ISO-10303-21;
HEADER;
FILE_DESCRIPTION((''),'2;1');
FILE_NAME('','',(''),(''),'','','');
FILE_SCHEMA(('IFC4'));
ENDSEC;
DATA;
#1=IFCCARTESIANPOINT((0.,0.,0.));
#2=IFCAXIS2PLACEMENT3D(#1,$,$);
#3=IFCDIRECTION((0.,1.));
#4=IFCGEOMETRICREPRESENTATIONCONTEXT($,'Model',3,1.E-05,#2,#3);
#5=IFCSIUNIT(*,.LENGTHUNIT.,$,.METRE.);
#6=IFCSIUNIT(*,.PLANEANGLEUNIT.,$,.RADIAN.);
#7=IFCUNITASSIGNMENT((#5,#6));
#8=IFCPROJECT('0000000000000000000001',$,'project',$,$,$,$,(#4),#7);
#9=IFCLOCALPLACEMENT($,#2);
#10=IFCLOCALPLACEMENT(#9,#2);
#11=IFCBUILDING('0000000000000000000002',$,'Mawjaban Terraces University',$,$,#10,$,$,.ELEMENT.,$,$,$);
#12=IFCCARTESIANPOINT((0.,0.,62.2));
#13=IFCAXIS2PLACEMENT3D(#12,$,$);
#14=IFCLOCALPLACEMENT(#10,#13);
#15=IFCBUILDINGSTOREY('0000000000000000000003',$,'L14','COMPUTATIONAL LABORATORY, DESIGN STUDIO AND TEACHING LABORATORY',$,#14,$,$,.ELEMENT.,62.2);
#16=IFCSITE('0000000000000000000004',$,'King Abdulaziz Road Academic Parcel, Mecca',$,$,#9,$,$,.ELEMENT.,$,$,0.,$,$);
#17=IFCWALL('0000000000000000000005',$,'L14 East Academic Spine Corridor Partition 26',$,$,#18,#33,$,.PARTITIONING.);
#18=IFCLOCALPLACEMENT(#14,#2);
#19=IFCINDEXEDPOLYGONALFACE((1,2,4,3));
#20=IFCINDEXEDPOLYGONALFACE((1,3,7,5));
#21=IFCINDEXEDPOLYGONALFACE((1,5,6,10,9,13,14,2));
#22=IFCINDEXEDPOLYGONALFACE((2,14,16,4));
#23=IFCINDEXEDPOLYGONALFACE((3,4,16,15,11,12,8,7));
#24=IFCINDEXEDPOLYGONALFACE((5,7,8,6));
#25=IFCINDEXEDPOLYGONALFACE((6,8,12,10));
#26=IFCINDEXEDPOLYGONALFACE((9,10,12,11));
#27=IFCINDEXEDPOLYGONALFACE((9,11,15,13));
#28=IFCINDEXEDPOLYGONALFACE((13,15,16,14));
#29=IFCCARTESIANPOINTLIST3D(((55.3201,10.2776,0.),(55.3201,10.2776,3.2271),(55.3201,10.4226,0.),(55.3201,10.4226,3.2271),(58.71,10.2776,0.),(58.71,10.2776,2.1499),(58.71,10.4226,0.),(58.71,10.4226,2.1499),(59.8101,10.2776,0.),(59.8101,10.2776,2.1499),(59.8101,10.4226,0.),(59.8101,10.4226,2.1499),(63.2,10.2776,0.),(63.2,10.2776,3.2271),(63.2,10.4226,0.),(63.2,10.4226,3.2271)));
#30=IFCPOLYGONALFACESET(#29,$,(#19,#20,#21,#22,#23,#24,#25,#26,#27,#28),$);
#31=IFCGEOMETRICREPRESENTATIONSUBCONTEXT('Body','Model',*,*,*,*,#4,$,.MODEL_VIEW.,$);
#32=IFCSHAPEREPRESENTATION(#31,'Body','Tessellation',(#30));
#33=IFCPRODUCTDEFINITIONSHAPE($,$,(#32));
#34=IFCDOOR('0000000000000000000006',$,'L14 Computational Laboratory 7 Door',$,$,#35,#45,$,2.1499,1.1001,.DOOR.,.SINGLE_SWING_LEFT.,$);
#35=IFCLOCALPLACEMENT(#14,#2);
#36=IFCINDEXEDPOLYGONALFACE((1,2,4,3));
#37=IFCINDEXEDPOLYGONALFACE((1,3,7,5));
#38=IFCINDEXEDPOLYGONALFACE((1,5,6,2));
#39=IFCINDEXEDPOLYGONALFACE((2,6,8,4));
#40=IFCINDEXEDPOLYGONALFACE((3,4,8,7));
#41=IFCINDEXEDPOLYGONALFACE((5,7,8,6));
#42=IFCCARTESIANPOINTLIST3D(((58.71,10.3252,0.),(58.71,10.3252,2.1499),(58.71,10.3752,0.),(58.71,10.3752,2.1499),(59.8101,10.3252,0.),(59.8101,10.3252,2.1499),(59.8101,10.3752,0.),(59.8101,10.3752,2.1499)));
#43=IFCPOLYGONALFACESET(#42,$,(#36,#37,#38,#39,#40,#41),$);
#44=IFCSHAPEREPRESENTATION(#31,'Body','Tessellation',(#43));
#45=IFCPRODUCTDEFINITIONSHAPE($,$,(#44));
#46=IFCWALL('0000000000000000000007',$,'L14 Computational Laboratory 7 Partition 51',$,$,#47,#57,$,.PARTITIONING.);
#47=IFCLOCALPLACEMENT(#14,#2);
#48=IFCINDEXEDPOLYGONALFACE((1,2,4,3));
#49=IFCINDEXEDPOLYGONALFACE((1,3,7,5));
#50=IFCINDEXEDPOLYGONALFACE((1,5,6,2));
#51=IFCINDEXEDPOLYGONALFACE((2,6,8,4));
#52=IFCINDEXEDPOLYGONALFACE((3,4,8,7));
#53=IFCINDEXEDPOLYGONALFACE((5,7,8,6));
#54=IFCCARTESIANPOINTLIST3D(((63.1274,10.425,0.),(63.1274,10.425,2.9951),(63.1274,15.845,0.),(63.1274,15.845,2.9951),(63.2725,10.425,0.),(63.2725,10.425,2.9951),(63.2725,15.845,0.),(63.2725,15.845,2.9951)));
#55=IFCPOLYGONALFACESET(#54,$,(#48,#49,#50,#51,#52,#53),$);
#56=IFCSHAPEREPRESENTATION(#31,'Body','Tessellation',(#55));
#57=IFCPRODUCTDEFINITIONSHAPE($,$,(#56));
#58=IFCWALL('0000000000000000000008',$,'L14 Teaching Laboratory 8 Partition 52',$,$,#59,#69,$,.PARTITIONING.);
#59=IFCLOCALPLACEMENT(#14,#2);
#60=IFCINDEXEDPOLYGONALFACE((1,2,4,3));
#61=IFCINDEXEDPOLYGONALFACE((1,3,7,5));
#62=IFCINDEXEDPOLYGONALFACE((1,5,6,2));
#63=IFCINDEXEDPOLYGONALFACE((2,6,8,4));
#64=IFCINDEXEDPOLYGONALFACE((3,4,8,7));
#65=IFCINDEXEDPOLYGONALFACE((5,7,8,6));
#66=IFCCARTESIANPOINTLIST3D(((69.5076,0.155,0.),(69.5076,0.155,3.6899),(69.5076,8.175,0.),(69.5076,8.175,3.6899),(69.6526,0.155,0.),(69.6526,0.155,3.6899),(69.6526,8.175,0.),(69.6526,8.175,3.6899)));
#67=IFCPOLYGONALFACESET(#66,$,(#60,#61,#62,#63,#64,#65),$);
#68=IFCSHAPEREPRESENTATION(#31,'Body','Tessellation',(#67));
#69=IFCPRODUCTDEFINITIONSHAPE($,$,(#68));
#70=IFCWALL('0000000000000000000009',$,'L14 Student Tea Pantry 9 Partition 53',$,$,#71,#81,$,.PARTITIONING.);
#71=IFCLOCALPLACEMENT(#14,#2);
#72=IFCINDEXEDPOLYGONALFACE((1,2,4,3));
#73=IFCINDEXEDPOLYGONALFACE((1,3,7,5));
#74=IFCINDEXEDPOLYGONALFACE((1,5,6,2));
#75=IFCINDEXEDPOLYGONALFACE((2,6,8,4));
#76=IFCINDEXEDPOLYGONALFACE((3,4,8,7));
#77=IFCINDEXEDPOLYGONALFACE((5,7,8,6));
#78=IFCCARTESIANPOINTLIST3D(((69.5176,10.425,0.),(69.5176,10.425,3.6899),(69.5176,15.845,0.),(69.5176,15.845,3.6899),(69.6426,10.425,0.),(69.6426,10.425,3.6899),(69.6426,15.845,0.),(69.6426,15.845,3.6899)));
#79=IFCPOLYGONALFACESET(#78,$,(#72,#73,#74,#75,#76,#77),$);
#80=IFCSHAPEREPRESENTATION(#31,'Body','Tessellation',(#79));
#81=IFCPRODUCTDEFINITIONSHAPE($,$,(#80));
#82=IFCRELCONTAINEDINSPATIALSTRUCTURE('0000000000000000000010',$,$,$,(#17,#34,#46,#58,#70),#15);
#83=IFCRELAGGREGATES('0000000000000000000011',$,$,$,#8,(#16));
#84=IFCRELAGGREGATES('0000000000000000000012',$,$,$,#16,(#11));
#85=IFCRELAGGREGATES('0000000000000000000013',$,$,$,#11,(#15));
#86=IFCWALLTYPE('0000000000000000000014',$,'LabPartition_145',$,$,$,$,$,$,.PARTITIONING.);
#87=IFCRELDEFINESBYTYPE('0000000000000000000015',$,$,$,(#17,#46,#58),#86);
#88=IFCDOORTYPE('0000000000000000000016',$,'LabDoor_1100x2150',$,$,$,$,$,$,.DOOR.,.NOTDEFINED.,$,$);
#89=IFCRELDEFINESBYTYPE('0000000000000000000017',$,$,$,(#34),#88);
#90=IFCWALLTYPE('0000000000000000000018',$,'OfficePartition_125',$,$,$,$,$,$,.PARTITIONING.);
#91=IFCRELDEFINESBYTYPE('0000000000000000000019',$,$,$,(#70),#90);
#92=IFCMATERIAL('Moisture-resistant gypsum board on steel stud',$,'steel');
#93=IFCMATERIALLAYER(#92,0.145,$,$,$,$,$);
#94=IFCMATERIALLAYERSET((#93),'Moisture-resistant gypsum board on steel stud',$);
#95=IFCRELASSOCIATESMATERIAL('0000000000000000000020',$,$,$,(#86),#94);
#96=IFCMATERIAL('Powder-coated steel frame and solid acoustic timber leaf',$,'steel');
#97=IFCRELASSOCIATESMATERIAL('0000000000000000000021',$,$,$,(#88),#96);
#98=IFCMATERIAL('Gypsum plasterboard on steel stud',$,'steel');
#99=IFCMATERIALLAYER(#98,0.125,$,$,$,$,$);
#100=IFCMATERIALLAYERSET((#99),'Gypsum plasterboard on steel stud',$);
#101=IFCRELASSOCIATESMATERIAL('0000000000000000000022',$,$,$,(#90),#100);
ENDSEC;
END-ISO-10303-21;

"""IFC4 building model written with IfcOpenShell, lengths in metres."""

from ifc_helpers import new_model, si_unit, direction, frame, frame_2d, origin, place, context, subcontext, project, spatial, rectangle, extrude, material, layer, layer_set, type_object, element, fill, save


model = new_model("IFC4")

# Units and contexts
model_context = context("Model", 3, precision=1e-05, world=origin(), true_north=direction((0.0, 1.0)))
body_context = subcontext(model_context, "Body", "Model", "MODEL_VIEW")
ifc_project = project(units=[si_unit("LENGTHUNIT", "METRE"), si_unit("PLANEANGLEUNIT", "RADIAN")], contexts=[model_context])

# Site, building, storey
site_placement = place(None, origin())
site = spatial("IfcSite", under=ifc_project, at=site_placement, Name="King Abdulaziz Road Academic Parcel, Mecca", CompositionType="ELEMENT", RefElevation=0.0)
building_placement = place(site_placement, origin())
building = spatial("IfcBuilding", under=site, at=building_placement, Name="Mawjaban Terraces University", CompositionType="ELEMENT")
storey_placement = place(building_placement, frame((0.0, 0.0, 62.2)))
storey = spatial("IfcBuildingStorey", under=building, at=storey_placement, Name="L14", Description="COMPUTATIONAL LABORATORY, DESIGN STUDIO AND TEACHING LABORATORY", CompositionType="ELEMENT", Elevation=62.2)

# Shared definitions
ifc_material_1 = material(Name="Powder-coated steel frame and solid acoustic timber leaf", Category="steel")

# Wall, opening, door
ifc_material_2 = material(Name="Moisture-resistant gypsum board on steel stud", Category="steel")
ifc_layer_1 = layer(ifc_material_2, 0.145)
ifc_layer_set_1 = layer_set([ifc_layer_1], Name="Moisture-resistant gypsum board on steel stud")
wall_type_1 = type_object("IfcWallType", Name="LabPartition_145", PredefinedType="PARTITIONING", material=ifc_layer_set_1)
door_type_1 = type_object("IfcDoorType", Name="LabDoor_1100x2150", OperationType="NOTDEFINED", PredefinedType="DOOR", material=ifc_material_1)
wall_1_placement = place(storey_placement, frame((63.2, 10.3501, 0.0), z_axis=(0.0, 0.0, 1.0), x_axis=(-1.0, 0.0, 0.0)))
wall_1 = element("IfcWall", 1, at=wall_1_placement, inside=storey, type_object=wall_type_1, Name="L14 East Academic Spine Corridor Partition 26", PredefinedType="PARTITIONING", context=body_context, shape_type="SweptSolid", body=[
    extrude(rectangle(XDim=7.8799, YDim=0.145, at=frame_2d((3.9399, 0.0))), origin(), (0.0, 0.0, 1.0), 3.2271),
])
opening_1_placement = place(wall_1_placement, frame((3.3899, 0.0, 0.0)))
opening_1 = element("IfcOpeningElement", 2, at=opening_1_placement, cuts=wall_1, PredefinedType="OPENING", context=body_context, shape_type="SweptSolid", body=[
    extrude(rectangle(XDim=1.1001, YDim=2.1499, at=frame_2d((0.55, 1.075))), frame((0.0, 0.0825, 0.0), z_axis=(0.0, -1.0, 0.0), x_axis=(1.0, 0.0, 0.0)), (0.0, 0.0, 1.0), 0.165),
])
door_1_placement = place(opening_1_placement, origin())
door_1 = element("IfcDoor", 3, at=door_1_placement, inside=storey, type_object=door_type_1, Name="L14 Computational Laboratory 7 Door", OperationType="SINGLE_SWING_LEFT", OverallHeight=2.1499, OverallWidth=1.1001, PredefinedType="DOOR", context=body_context, shape_type="SweptSolid", body=[
    extrude(rectangle(XDim=1.1001, YDim=2.1499, at=frame_2d((0.55, 1.075))), frame((0.0, 0.0249, 0.0), z_axis=(0.0, -1.0, 0.0), x_axis=(1.0, 0.0, 0.0)), (0.0, 0.0, 1.0), 0.05),
])
fill(opening_1, door_1)

# Walls
wall_2_placement = place(storey_placement, frame((63.2, 10.425, 0.0), z_axis=(0.0, 0.0, 1.0), x_axis=(0.0, 1.0, 0.0)))
element("IfcWall", 4, at=wall_2_placement, inside=storey, type_object=wall_type_1, Name="L14 Computational Laboratory 7 Partition 51", PredefinedType="PARTITIONING", context=body_context, shape_type="SweptSolid", body=[
    extrude(rectangle(XDim=5.4199, YDim=0.145, at=frame_2d((2.71, 0.0))), origin(), (0.0, 0.0, 1.0), 2.9951),
])
wall_3_placement = place(storey_placement, frame((69.5801, 0.155, 0.0), z_axis=(0.0, 0.0, 1.0), x_axis=(0.0, 1.0, 0.0)))
element("IfcWall", 5, at=wall_3_placement, inside=storey, type_object=wall_type_1, Name="L14 Teaching Laboratory 8 Partition 52", PredefinedType="PARTITIONING", context=body_context, shape_type="SweptSolid", body=[
    extrude(rectangle(XDim=8.02, YDim=0.145, at=frame_2d((4.01, 0.0))), origin(), (0.0, 0.0, 1.0), 3.6899),
])
ifc_material_3 = material(Name="Gypsum plasterboard on steel stud", Category="steel")
ifc_layer_2 = layer(ifc_material_3, 0.125)
ifc_layer_set_2 = layer_set([ifc_layer_2], Name="Gypsum plasterboard on steel stud")
wall_type_2 = type_object("IfcWallType", Name="OfficePartition_125", PredefinedType="PARTITIONING", material=ifc_layer_set_2)
wall_4_placement = place(storey_placement, frame((69.5801, 10.425, 0.0), z_axis=(0.0, 0.0, 1.0), x_axis=(0.0, 1.0, 0.0)))
element("IfcWall", 6, at=wall_4_placement, inside=storey, type_object=wall_type_2, Name="L14 Student Tea Pantry 9 Partition 53", PredefinedType="PARTITIONING", context=body_context, shape_type="SweptSolid", body=[
    extrude(rectangle(XDim=5.4199, YDim=0.125, at=frame_2d((2.71, 0.0))), origin(), (0.0, 0.0, 1.0), 3.6899),
])

save(model, "model.ifc")
